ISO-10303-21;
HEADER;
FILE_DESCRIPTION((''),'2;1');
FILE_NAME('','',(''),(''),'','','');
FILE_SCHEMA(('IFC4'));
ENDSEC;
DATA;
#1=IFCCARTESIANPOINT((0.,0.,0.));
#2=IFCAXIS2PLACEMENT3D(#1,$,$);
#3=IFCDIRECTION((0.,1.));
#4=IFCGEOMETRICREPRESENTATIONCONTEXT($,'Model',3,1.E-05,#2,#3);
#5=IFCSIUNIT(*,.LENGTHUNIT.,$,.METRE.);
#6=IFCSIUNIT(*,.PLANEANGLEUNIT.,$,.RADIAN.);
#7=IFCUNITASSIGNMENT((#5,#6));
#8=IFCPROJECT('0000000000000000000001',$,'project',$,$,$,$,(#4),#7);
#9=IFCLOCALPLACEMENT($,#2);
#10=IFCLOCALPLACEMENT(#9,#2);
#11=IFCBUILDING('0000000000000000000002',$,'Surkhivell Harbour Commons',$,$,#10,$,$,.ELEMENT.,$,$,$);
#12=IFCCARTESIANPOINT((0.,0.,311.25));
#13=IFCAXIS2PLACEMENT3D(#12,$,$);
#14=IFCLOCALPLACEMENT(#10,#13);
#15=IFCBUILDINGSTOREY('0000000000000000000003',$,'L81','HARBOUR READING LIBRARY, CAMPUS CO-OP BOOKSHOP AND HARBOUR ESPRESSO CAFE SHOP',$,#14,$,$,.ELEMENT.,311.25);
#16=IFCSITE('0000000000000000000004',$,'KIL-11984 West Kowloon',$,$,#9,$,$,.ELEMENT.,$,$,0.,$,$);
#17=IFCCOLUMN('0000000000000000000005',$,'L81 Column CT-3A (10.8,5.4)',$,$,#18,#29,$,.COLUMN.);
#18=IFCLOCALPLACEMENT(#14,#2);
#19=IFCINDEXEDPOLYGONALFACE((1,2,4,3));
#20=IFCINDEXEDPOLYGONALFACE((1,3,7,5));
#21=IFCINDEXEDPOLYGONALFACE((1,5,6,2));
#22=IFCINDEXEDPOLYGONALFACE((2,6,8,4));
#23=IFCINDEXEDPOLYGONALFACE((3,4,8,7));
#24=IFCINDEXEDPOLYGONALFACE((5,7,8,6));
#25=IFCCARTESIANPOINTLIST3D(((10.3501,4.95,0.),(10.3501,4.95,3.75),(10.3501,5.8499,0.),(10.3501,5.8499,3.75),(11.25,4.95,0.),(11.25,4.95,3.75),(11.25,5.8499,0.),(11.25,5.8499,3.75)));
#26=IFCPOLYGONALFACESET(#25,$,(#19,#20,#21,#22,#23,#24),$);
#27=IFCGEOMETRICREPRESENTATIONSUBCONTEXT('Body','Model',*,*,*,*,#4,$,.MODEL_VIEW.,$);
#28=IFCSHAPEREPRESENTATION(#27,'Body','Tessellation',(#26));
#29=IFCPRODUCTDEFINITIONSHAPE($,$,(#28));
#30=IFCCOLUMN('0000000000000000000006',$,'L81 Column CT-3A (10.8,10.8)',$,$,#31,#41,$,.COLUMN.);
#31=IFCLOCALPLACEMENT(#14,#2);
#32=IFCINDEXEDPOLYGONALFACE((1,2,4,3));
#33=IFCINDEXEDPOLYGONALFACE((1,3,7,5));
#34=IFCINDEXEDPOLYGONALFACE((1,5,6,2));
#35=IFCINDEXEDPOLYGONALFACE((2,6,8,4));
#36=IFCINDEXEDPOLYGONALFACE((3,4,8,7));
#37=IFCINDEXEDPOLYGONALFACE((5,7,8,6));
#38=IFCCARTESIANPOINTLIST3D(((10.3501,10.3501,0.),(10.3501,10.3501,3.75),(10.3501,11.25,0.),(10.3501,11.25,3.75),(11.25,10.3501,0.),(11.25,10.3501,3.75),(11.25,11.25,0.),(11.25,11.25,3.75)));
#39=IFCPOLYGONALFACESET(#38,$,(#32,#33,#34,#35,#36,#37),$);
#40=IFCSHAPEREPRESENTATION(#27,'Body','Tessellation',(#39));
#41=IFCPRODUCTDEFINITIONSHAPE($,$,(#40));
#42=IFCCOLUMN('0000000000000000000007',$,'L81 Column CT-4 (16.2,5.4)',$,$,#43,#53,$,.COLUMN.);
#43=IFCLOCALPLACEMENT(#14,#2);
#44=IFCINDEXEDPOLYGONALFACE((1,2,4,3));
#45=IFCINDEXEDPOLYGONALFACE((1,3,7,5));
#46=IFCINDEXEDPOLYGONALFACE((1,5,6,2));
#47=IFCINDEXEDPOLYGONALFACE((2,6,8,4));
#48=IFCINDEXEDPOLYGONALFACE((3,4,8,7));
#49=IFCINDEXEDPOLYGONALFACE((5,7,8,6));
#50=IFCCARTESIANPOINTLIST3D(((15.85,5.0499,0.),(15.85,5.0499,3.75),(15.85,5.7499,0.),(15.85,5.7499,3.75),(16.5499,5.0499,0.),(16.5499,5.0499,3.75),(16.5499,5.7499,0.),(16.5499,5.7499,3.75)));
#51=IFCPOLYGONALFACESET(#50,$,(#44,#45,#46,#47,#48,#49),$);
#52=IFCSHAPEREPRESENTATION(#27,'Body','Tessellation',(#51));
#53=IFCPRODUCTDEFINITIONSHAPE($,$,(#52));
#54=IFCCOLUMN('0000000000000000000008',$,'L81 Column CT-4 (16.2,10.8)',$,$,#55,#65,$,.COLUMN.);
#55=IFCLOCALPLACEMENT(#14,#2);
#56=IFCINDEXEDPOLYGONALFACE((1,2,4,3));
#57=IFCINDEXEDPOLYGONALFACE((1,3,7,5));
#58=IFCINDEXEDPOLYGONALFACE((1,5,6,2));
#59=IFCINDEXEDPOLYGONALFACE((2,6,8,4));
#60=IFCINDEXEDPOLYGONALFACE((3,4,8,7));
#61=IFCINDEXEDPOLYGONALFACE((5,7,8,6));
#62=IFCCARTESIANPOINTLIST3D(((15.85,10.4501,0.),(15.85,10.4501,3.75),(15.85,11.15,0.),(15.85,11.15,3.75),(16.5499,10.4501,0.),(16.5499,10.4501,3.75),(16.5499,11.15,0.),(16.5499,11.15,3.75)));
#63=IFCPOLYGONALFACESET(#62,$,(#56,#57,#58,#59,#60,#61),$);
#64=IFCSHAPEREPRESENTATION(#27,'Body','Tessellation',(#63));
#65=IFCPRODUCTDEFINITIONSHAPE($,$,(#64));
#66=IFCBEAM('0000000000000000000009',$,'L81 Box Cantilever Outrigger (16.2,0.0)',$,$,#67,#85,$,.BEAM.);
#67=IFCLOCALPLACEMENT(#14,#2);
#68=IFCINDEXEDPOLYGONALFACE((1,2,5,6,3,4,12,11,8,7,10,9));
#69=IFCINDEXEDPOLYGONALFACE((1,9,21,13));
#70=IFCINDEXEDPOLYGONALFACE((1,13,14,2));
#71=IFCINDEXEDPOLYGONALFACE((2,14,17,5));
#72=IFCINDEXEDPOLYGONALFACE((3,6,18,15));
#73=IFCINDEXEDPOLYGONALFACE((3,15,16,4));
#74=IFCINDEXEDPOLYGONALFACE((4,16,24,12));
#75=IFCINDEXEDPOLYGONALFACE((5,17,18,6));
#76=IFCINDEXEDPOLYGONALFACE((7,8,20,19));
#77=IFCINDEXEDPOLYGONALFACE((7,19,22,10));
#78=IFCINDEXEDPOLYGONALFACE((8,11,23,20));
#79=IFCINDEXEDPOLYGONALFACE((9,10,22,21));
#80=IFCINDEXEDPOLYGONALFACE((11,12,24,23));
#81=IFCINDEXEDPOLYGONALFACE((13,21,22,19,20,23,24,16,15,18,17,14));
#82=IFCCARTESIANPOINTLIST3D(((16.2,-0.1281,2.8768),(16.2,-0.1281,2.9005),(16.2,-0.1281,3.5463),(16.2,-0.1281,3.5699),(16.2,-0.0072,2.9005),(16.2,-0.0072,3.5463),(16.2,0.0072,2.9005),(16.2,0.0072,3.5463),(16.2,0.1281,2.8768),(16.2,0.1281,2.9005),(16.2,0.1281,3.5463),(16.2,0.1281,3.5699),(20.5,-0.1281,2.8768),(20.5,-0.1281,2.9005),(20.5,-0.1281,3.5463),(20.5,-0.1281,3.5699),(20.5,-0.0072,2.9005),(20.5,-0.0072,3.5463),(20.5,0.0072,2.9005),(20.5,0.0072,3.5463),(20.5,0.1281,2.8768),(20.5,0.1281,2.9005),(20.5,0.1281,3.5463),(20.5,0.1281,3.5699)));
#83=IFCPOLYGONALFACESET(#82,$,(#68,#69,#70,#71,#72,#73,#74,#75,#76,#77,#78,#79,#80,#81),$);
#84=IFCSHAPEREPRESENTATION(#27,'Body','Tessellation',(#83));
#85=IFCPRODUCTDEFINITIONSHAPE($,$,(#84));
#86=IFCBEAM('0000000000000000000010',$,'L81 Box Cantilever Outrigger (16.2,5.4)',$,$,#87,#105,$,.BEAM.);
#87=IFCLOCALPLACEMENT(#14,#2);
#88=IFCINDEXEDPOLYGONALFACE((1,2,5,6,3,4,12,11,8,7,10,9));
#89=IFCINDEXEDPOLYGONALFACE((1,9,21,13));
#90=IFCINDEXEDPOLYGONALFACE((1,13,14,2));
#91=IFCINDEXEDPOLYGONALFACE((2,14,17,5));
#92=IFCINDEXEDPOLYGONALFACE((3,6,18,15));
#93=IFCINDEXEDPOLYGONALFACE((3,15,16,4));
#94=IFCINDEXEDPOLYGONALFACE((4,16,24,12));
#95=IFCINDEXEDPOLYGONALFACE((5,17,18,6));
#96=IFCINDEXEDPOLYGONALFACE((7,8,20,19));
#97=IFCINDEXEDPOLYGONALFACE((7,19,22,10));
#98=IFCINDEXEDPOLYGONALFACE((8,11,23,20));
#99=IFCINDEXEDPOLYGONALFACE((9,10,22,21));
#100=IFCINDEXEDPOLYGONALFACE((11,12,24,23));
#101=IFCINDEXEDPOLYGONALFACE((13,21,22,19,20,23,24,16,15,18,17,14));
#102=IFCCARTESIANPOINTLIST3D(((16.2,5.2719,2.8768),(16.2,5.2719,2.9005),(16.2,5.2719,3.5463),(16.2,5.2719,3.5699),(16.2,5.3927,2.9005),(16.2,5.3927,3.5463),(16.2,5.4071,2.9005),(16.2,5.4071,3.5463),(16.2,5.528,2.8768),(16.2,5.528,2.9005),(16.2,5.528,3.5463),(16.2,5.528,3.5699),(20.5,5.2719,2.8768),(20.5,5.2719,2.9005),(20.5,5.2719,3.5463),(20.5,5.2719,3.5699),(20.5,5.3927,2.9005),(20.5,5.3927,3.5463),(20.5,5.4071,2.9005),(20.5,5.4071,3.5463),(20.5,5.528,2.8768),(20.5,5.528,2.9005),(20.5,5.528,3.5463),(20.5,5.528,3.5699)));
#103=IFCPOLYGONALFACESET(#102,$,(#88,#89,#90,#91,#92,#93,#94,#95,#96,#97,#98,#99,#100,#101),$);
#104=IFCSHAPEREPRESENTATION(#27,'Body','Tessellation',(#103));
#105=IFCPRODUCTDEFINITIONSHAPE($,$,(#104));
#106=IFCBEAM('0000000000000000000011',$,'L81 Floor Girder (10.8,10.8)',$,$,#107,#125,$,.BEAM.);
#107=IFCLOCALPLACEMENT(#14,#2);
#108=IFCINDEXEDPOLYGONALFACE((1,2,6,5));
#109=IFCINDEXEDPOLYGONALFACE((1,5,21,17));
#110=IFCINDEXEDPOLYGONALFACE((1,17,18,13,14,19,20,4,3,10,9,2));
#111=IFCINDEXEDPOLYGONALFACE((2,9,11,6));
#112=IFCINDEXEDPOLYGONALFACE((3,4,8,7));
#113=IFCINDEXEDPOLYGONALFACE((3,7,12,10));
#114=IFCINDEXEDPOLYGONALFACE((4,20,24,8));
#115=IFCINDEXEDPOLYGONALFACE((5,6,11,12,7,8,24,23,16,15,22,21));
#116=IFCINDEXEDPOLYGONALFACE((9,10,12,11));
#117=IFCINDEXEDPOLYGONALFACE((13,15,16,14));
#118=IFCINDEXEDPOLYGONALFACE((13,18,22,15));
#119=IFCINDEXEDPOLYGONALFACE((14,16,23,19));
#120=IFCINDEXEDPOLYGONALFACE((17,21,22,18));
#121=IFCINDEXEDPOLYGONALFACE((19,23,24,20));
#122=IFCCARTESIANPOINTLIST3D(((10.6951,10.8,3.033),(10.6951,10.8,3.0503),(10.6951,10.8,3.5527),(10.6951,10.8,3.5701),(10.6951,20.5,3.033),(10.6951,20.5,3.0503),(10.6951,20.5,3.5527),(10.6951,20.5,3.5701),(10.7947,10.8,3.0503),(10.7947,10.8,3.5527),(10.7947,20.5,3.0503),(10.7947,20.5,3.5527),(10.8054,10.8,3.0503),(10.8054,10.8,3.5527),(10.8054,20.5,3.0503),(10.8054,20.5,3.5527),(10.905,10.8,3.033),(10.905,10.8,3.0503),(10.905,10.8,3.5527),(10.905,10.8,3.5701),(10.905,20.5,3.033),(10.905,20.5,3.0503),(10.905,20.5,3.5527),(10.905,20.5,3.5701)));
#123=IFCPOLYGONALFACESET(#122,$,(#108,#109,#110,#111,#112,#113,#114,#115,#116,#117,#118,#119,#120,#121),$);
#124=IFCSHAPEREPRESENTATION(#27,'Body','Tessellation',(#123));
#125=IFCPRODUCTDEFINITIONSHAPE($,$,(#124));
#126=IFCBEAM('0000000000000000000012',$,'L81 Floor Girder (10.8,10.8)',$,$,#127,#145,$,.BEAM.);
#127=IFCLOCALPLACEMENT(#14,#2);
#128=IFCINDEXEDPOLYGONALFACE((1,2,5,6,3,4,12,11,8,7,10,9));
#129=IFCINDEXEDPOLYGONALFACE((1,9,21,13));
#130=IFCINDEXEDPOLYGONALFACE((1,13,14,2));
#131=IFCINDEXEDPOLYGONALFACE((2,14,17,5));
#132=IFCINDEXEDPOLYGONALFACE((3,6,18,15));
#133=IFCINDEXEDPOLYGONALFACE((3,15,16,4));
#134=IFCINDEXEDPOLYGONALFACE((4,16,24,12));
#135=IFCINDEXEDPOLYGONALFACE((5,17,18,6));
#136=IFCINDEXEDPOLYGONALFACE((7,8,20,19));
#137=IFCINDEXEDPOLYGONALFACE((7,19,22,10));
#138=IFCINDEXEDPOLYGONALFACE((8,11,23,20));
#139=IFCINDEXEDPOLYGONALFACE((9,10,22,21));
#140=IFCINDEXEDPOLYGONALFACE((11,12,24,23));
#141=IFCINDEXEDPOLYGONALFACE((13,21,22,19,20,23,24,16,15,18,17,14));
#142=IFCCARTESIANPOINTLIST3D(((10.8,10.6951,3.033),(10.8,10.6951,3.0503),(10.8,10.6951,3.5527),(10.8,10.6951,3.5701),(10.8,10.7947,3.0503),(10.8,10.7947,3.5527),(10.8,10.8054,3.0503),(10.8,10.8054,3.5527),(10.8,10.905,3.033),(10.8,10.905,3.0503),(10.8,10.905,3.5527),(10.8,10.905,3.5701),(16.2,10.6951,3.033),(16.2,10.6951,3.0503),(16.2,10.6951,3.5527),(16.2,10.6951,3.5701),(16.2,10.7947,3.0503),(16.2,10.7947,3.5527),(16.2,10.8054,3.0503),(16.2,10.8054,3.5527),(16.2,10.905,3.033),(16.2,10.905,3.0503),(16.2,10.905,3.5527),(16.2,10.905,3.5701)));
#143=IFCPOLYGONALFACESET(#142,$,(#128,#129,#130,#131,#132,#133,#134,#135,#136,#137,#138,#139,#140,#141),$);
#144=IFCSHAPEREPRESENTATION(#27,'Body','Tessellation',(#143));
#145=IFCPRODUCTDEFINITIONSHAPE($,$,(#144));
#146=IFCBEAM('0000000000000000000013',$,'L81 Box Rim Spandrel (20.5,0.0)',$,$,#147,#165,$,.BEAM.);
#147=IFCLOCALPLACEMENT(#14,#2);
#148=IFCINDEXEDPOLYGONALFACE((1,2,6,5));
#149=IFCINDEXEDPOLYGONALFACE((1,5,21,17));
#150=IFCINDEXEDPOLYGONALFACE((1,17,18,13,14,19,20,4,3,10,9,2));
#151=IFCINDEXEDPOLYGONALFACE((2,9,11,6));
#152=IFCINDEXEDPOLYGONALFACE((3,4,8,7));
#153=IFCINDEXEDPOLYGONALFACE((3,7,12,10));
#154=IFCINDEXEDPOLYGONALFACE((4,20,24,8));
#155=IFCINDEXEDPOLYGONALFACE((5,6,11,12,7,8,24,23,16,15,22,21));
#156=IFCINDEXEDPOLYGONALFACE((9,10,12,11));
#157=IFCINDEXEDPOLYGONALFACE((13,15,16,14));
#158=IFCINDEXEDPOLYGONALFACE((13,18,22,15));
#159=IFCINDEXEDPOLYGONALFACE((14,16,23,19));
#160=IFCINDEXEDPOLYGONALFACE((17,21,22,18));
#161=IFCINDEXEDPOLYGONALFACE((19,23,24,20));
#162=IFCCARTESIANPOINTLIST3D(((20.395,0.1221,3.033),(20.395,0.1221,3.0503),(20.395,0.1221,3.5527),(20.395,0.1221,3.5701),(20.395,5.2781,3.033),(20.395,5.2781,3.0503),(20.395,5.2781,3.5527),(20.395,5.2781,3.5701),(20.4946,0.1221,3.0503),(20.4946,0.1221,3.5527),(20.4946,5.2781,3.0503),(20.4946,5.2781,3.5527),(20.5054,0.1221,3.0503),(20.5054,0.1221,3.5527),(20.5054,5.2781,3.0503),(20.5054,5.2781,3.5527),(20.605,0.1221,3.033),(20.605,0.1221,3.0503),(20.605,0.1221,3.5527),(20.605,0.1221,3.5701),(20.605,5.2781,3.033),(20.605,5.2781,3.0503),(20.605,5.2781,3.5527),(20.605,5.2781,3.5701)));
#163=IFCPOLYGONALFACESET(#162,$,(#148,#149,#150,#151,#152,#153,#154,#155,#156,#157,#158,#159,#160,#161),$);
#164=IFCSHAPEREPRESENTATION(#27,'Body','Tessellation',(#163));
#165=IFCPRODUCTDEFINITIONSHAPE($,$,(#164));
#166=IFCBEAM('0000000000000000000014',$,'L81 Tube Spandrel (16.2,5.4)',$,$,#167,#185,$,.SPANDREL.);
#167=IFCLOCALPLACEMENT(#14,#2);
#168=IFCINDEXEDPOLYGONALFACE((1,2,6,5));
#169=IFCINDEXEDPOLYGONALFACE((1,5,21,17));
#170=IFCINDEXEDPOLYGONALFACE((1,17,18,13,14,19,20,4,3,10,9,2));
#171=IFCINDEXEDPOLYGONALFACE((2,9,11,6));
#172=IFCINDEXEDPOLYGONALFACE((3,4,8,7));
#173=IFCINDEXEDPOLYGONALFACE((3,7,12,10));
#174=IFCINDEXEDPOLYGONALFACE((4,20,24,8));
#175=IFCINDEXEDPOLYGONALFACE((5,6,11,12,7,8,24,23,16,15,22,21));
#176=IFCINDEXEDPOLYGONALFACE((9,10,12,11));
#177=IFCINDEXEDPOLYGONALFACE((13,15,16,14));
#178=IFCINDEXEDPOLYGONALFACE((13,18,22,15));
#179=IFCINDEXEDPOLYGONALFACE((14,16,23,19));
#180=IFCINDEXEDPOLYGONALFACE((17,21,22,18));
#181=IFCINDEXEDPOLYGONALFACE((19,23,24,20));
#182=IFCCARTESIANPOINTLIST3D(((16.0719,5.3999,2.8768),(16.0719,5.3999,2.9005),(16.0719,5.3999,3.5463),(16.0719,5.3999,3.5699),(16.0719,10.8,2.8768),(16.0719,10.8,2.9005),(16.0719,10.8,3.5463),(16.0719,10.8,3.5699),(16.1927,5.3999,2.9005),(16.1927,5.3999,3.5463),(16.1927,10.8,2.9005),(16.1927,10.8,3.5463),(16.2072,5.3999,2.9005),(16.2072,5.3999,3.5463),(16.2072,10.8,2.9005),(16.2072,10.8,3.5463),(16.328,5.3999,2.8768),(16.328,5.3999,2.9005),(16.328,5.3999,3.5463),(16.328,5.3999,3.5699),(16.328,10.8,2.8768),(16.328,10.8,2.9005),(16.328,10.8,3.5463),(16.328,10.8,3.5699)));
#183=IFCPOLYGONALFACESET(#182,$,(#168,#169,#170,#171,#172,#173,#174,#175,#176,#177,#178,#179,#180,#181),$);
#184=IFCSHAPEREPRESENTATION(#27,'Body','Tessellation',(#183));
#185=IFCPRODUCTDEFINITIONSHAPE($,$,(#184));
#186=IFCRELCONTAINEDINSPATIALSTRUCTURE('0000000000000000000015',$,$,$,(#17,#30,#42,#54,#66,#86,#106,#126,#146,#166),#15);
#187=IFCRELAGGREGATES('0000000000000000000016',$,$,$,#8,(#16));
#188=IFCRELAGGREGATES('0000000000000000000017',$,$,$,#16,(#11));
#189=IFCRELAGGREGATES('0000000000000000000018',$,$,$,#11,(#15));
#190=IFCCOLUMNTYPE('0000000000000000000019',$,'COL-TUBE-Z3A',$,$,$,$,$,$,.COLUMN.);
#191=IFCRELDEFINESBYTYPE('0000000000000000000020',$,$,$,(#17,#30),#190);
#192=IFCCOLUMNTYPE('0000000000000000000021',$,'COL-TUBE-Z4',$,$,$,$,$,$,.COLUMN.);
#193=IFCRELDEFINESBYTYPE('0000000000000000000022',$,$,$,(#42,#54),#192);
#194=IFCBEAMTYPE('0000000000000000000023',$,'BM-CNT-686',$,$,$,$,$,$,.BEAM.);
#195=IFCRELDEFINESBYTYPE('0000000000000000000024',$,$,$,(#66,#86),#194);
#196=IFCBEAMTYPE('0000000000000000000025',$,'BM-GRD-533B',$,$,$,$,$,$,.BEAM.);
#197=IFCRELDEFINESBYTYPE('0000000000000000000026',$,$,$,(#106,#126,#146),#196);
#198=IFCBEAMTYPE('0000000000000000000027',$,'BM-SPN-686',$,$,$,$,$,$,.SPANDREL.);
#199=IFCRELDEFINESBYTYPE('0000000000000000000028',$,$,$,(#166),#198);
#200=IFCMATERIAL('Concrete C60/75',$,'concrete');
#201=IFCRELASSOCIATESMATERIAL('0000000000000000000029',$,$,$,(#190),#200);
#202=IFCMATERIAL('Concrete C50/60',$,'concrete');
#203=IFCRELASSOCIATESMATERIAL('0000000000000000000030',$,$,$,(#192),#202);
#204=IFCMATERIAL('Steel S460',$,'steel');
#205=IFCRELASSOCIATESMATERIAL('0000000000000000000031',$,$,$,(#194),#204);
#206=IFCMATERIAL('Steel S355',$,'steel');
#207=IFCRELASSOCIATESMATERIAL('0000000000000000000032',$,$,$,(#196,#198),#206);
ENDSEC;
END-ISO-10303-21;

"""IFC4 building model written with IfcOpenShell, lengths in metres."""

from ifc_helpers import new_model, si_unit, direction, frame, origin, origin_2d, place, context, subcontext, project, spatial, rectangle, i_section, extrude, material, material_profile, profile_set, type_object, element, save


model = new_model("IFC4")

# Units and contexts
model_context = context("Model", 3, precision=1e-05, world=origin(), true_north=direction((0.0, 1.0)))
body_context = subcontext(model_context, "Body", "Model", "MODEL_VIEW")
ifc_project = project(units=[si_unit("LENGTHUNIT", "METRE"), si_unit("PLANEANGLEUNIT", "RADIAN")], contexts=[model_context])

# Site, building, storey
site_placement = place(None, origin())
site = spatial("IfcSite", under=ifc_project, at=site_placement, Name="KIL-11984 West Kowloon", CompositionType="ELEMENT", RefElevation=0.0)
building_placement = place(site_placement, origin())
building = spatial("IfcBuilding", under=site, at=building_placement, Name="Surkhivell Harbour Commons", CompositionType="ELEMENT")
storey_placement = place(building_placement, frame((0.0, 0.0, 311.25)))
storey = spatial("IfcBuildingStorey", under=building, at=storey_placement, Name="L81", Description="HARBOUR READING LIBRARY, CAMPUS CO-OP BOOKSHOP AND HARBOUR ESPRESSO CAFE SHOP", CompositionType="ELEMENT", Elevation=311.25)

# Columns
ifc_material_1 = material(Name="Concrete C60/75", Category="concrete")
ifc_material_profile_1 = material_profile(ifc_material_1, rectangle(XDim=0.8999, YDim=0.8999, at=origin_2d()), Name="RC-COL-900x900")
ifc_profile_set_1 = profile_set([ifc_material_profile_1], Name="Concrete C60/75")
column_type_1 = type_object("IfcColumnType", Name="COL-TUBE-Z3A", PredefinedType="COLUMN", material=ifc_profile_set_1)
for number, where, z_axis, x_axis, name in (
    (1, (10.8, 5.3999, 0.0), (0.0, 0.0, 1.0), (1.0, 0.0, 0.0), "L81 Column CT-3A (10.8,5.4)"),
    (2, (10.8, 10.8, 0.0), (0.0, 0.0, 1.0), (1.0, 0.0, 0.0), "L81 Column CT-3A (10.8,10.8)"),
):
    element("IfcColumn", number, at=place(storey_placement, frame(where, z_axis=z_axis, x_axis=x_axis)), inside=storey, type_object=column_type_1, Name=name, PredefinedType="COLUMN", context=body_context, shape_type="SweptSolid", body=[
        extrude(rectangle(XDim=0.8999, YDim=0.8999, at=origin_2d()), origin(), (0.0, 0.0, 1.0), 3.75),
    ])
ifc_material_2 = material(Name="Concrete C50/60", Category="concrete")
ifc_material_profile_2 = material_profile(ifc_material_2, rectangle(XDim=0.7, YDim=0.7, at=origin_2d()), Name="RC-COL-700x700")
ifc_profile_set_2 = profile_set([ifc_material_profile_2], Name="Concrete C50/60")
column_type_2 = type_object("IfcColumnType", Name="COL-TUBE-Z4", PredefinedType="COLUMN", material=ifc_profile_set_2)
for number, where, z_axis, x_axis, name in (
    (3, (16.2, 5.3999, 0.0), (0.0, 0.0, 1.0), (1.0, 0.0, 0.0), "L81 Column CT-4 (16.2,5.4)"),
    (4, (16.2, 10.8, 0.0), (0.0, 0.0, 1.0), (1.0, 0.0, 0.0), "L81 Column CT-4 (16.2,10.8)"),
):
    element("IfcColumn", number, at=place(storey_placement, frame(where, z_axis=z_axis, x_axis=x_axis)), inside=storey, type_object=column_type_2, Name=name, PredefinedType="COLUMN", context=body_context, shape_type="SweptSolid", body=[
        extrude(rectangle(XDim=0.7, YDim=0.7, at=origin_2d()), origin(), (0.0, 0.0, 1.0), 3.75),
    ])

# Beams
ifc_material_3 = material(Name="Steel S460", Category="steel")
ifc_material_profile_3 = material_profile(ifc_material_3, i_section(OverallWidth=0.2561, OverallDepth=0.6931, WebThickness=0.0144, FlangeThickness=0.0237, at=origin_2d()), Name="UB686x254x170")
ifc_profile_set_3 = profile_set([ifc_material_profile_3], Name="Steel S460")
beam_type_1 = type_object("IfcBeamType", Name="BM-CNT-686", PredefinedType="BEAM", material=ifc_profile_set_3)
for number, where, z_axis, x_axis, name in (
    (5, (16.2, 0.0, 3.2234), (1.0, 0.0, 0.0), (0.0, 1.0, 0.0), "L81 Box Cantilever Outrigger (16.2,0.0)"),
    (6, (16.2, 5.3999, 3.2234), (1.0, 0.0, 0.0), (0.0, 1.0, 0.0), "L81 Box Cantilever Outrigger (16.2,5.4)"),
):
    element("IfcBeam", number, at=place(storey_placement, frame(where, z_axis=z_axis, x_axis=x_axis)), inside=storey, type_object=beam_type_1, Name=name, PredefinedType="BEAM", context=body_context, shape_type="SweptSolid", body=[
        extrude(i_section(OverallWidth=0.2561, OverallDepth=0.6931, WebThickness=0.0144, FlangeThickness=0.0237, at=origin_2d()), origin(), (0.0, 0.0, 1.0), 4.3),
    ])
ifc_material_4 = material(Name="Steel S355", Category="steel")
ifc_material_profile_4 = material_profile(ifc_material_4, i_section(OverallWidth=0.21, OverallDepth=0.5371, WebThickness=0.0107, FlangeThickness=0.0173, at=origin_2d()), Name="UB533x210x101")
ifc_profile_set_4 = profile_set([ifc_material_profile_4], Name="Steel S355")
beam_type_2 = type_object("IfcBeamType", Name="BM-GRD-533B", PredefinedType="BEAM", material=ifc_profile_set_4)
beam_1_placement = place(storey_placement, frame((10.8, 10.8, 3.3015), z_axis=(0.0, 1.0, 0.0), x_axis=(-1.0, 0.0, 0.0)))
element("IfcBeam", 7, at=beam_1_placement, inside=storey, type_object=beam_type_2, Name="L81 Floor Girder (10.8,10.8)", PredefinedType="BEAM", context=body_context, shape_type="SweptSolid", body=[
    extrude(i_section(OverallWidth=0.21, OverallDepth=0.5371, WebThickness=0.0107, FlangeThickness=0.0173, at=origin_2d()), origin(), (0.0, 0.0, 1.0), 9.7),
])
beam_2_placement = place(storey_placement, frame((10.8, 10.8, 3.3015), z_axis=(1.0, 0.0, 0.0), x_axis=(0.0, 1.0, 0.0)))
element("IfcBeam", 8, at=beam_2_placement, inside=storey, type_object=beam_type_2, Name="L81 Floor Girder (10.8,10.8)", PredefinedType="BEAM", context=body_context, shape_type="SweptSolid", body=[
    extrude(i_section(OverallWidth=0.21, OverallDepth=0.5371, WebThickness=0.0107, FlangeThickness=0.0173, at=origin_2d()), origin(), (0.0, 0.0, 1.0), 5.3999),
])
beam_3_placement = place(storey_placement, frame((20.5, 0.1221, 3.3015), z_axis=(0.0, 1.0, 0.0), x_axis=(-1.0, 0.0, 0.0)))
element("IfcBeam", 9, at=beam_3_placement, inside=storey, type_object=beam_type_2, Name="L81 Box Rim Spandrel (20.5,0.0)", PredefinedType="BEAM", context=body_context, shape_type="SweptSolid", body=[
    extrude(i_section(OverallWidth=0.21, OverallDepth=0.5371, WebThickness=0.0107, FlangeThickness=0.0173, at=origin_2d()), origin(), (0.0, 0.0, 1.0), 5.156),
])
ifc_material_profile_5 = material_profile(ifc_material_4, i_section(OverallWidth=0.2561, OverallDepth=0.6931, WebThickness=0.0144, FlangeThickness=0.0237, at=origin_2d()), Name="UB686x254x170")
ifc_profile_set_5 = profile_set([ifc_material_profile_5], Name="Steel S355")
beam_type_3 = type_object("IfcBeamType", Name="BM-SPN-686", PredefinedType="SPANDREL", material=ifc_profile_set_5)
beam_4_placement = place(storey_placement, frame((16.2, 5.3999, 3.2234), z_axis=(0.0, 1.0, 0.0), x_axis=(-1.0, 0.0, 0.0)))
element("IfcBeam", 10, at=beam_4_placement, inside=storey, type_object=beam_type_3, Name="L81 Tube Spandrel (16.2,5.4)", PredefinedType="SPANDREL", context=body_context, shape_type="SweptSolid", body=[
    extrude(i_section(OverallWidth=0.2561, OverallDepth=0.6931, WebThickness=0.0144, FlangeThickness=0.0237, at=origin_2d()), origin(), (0.0, 0.0, 1.0), 5.4001),
])

save(model, "model.ifc")
